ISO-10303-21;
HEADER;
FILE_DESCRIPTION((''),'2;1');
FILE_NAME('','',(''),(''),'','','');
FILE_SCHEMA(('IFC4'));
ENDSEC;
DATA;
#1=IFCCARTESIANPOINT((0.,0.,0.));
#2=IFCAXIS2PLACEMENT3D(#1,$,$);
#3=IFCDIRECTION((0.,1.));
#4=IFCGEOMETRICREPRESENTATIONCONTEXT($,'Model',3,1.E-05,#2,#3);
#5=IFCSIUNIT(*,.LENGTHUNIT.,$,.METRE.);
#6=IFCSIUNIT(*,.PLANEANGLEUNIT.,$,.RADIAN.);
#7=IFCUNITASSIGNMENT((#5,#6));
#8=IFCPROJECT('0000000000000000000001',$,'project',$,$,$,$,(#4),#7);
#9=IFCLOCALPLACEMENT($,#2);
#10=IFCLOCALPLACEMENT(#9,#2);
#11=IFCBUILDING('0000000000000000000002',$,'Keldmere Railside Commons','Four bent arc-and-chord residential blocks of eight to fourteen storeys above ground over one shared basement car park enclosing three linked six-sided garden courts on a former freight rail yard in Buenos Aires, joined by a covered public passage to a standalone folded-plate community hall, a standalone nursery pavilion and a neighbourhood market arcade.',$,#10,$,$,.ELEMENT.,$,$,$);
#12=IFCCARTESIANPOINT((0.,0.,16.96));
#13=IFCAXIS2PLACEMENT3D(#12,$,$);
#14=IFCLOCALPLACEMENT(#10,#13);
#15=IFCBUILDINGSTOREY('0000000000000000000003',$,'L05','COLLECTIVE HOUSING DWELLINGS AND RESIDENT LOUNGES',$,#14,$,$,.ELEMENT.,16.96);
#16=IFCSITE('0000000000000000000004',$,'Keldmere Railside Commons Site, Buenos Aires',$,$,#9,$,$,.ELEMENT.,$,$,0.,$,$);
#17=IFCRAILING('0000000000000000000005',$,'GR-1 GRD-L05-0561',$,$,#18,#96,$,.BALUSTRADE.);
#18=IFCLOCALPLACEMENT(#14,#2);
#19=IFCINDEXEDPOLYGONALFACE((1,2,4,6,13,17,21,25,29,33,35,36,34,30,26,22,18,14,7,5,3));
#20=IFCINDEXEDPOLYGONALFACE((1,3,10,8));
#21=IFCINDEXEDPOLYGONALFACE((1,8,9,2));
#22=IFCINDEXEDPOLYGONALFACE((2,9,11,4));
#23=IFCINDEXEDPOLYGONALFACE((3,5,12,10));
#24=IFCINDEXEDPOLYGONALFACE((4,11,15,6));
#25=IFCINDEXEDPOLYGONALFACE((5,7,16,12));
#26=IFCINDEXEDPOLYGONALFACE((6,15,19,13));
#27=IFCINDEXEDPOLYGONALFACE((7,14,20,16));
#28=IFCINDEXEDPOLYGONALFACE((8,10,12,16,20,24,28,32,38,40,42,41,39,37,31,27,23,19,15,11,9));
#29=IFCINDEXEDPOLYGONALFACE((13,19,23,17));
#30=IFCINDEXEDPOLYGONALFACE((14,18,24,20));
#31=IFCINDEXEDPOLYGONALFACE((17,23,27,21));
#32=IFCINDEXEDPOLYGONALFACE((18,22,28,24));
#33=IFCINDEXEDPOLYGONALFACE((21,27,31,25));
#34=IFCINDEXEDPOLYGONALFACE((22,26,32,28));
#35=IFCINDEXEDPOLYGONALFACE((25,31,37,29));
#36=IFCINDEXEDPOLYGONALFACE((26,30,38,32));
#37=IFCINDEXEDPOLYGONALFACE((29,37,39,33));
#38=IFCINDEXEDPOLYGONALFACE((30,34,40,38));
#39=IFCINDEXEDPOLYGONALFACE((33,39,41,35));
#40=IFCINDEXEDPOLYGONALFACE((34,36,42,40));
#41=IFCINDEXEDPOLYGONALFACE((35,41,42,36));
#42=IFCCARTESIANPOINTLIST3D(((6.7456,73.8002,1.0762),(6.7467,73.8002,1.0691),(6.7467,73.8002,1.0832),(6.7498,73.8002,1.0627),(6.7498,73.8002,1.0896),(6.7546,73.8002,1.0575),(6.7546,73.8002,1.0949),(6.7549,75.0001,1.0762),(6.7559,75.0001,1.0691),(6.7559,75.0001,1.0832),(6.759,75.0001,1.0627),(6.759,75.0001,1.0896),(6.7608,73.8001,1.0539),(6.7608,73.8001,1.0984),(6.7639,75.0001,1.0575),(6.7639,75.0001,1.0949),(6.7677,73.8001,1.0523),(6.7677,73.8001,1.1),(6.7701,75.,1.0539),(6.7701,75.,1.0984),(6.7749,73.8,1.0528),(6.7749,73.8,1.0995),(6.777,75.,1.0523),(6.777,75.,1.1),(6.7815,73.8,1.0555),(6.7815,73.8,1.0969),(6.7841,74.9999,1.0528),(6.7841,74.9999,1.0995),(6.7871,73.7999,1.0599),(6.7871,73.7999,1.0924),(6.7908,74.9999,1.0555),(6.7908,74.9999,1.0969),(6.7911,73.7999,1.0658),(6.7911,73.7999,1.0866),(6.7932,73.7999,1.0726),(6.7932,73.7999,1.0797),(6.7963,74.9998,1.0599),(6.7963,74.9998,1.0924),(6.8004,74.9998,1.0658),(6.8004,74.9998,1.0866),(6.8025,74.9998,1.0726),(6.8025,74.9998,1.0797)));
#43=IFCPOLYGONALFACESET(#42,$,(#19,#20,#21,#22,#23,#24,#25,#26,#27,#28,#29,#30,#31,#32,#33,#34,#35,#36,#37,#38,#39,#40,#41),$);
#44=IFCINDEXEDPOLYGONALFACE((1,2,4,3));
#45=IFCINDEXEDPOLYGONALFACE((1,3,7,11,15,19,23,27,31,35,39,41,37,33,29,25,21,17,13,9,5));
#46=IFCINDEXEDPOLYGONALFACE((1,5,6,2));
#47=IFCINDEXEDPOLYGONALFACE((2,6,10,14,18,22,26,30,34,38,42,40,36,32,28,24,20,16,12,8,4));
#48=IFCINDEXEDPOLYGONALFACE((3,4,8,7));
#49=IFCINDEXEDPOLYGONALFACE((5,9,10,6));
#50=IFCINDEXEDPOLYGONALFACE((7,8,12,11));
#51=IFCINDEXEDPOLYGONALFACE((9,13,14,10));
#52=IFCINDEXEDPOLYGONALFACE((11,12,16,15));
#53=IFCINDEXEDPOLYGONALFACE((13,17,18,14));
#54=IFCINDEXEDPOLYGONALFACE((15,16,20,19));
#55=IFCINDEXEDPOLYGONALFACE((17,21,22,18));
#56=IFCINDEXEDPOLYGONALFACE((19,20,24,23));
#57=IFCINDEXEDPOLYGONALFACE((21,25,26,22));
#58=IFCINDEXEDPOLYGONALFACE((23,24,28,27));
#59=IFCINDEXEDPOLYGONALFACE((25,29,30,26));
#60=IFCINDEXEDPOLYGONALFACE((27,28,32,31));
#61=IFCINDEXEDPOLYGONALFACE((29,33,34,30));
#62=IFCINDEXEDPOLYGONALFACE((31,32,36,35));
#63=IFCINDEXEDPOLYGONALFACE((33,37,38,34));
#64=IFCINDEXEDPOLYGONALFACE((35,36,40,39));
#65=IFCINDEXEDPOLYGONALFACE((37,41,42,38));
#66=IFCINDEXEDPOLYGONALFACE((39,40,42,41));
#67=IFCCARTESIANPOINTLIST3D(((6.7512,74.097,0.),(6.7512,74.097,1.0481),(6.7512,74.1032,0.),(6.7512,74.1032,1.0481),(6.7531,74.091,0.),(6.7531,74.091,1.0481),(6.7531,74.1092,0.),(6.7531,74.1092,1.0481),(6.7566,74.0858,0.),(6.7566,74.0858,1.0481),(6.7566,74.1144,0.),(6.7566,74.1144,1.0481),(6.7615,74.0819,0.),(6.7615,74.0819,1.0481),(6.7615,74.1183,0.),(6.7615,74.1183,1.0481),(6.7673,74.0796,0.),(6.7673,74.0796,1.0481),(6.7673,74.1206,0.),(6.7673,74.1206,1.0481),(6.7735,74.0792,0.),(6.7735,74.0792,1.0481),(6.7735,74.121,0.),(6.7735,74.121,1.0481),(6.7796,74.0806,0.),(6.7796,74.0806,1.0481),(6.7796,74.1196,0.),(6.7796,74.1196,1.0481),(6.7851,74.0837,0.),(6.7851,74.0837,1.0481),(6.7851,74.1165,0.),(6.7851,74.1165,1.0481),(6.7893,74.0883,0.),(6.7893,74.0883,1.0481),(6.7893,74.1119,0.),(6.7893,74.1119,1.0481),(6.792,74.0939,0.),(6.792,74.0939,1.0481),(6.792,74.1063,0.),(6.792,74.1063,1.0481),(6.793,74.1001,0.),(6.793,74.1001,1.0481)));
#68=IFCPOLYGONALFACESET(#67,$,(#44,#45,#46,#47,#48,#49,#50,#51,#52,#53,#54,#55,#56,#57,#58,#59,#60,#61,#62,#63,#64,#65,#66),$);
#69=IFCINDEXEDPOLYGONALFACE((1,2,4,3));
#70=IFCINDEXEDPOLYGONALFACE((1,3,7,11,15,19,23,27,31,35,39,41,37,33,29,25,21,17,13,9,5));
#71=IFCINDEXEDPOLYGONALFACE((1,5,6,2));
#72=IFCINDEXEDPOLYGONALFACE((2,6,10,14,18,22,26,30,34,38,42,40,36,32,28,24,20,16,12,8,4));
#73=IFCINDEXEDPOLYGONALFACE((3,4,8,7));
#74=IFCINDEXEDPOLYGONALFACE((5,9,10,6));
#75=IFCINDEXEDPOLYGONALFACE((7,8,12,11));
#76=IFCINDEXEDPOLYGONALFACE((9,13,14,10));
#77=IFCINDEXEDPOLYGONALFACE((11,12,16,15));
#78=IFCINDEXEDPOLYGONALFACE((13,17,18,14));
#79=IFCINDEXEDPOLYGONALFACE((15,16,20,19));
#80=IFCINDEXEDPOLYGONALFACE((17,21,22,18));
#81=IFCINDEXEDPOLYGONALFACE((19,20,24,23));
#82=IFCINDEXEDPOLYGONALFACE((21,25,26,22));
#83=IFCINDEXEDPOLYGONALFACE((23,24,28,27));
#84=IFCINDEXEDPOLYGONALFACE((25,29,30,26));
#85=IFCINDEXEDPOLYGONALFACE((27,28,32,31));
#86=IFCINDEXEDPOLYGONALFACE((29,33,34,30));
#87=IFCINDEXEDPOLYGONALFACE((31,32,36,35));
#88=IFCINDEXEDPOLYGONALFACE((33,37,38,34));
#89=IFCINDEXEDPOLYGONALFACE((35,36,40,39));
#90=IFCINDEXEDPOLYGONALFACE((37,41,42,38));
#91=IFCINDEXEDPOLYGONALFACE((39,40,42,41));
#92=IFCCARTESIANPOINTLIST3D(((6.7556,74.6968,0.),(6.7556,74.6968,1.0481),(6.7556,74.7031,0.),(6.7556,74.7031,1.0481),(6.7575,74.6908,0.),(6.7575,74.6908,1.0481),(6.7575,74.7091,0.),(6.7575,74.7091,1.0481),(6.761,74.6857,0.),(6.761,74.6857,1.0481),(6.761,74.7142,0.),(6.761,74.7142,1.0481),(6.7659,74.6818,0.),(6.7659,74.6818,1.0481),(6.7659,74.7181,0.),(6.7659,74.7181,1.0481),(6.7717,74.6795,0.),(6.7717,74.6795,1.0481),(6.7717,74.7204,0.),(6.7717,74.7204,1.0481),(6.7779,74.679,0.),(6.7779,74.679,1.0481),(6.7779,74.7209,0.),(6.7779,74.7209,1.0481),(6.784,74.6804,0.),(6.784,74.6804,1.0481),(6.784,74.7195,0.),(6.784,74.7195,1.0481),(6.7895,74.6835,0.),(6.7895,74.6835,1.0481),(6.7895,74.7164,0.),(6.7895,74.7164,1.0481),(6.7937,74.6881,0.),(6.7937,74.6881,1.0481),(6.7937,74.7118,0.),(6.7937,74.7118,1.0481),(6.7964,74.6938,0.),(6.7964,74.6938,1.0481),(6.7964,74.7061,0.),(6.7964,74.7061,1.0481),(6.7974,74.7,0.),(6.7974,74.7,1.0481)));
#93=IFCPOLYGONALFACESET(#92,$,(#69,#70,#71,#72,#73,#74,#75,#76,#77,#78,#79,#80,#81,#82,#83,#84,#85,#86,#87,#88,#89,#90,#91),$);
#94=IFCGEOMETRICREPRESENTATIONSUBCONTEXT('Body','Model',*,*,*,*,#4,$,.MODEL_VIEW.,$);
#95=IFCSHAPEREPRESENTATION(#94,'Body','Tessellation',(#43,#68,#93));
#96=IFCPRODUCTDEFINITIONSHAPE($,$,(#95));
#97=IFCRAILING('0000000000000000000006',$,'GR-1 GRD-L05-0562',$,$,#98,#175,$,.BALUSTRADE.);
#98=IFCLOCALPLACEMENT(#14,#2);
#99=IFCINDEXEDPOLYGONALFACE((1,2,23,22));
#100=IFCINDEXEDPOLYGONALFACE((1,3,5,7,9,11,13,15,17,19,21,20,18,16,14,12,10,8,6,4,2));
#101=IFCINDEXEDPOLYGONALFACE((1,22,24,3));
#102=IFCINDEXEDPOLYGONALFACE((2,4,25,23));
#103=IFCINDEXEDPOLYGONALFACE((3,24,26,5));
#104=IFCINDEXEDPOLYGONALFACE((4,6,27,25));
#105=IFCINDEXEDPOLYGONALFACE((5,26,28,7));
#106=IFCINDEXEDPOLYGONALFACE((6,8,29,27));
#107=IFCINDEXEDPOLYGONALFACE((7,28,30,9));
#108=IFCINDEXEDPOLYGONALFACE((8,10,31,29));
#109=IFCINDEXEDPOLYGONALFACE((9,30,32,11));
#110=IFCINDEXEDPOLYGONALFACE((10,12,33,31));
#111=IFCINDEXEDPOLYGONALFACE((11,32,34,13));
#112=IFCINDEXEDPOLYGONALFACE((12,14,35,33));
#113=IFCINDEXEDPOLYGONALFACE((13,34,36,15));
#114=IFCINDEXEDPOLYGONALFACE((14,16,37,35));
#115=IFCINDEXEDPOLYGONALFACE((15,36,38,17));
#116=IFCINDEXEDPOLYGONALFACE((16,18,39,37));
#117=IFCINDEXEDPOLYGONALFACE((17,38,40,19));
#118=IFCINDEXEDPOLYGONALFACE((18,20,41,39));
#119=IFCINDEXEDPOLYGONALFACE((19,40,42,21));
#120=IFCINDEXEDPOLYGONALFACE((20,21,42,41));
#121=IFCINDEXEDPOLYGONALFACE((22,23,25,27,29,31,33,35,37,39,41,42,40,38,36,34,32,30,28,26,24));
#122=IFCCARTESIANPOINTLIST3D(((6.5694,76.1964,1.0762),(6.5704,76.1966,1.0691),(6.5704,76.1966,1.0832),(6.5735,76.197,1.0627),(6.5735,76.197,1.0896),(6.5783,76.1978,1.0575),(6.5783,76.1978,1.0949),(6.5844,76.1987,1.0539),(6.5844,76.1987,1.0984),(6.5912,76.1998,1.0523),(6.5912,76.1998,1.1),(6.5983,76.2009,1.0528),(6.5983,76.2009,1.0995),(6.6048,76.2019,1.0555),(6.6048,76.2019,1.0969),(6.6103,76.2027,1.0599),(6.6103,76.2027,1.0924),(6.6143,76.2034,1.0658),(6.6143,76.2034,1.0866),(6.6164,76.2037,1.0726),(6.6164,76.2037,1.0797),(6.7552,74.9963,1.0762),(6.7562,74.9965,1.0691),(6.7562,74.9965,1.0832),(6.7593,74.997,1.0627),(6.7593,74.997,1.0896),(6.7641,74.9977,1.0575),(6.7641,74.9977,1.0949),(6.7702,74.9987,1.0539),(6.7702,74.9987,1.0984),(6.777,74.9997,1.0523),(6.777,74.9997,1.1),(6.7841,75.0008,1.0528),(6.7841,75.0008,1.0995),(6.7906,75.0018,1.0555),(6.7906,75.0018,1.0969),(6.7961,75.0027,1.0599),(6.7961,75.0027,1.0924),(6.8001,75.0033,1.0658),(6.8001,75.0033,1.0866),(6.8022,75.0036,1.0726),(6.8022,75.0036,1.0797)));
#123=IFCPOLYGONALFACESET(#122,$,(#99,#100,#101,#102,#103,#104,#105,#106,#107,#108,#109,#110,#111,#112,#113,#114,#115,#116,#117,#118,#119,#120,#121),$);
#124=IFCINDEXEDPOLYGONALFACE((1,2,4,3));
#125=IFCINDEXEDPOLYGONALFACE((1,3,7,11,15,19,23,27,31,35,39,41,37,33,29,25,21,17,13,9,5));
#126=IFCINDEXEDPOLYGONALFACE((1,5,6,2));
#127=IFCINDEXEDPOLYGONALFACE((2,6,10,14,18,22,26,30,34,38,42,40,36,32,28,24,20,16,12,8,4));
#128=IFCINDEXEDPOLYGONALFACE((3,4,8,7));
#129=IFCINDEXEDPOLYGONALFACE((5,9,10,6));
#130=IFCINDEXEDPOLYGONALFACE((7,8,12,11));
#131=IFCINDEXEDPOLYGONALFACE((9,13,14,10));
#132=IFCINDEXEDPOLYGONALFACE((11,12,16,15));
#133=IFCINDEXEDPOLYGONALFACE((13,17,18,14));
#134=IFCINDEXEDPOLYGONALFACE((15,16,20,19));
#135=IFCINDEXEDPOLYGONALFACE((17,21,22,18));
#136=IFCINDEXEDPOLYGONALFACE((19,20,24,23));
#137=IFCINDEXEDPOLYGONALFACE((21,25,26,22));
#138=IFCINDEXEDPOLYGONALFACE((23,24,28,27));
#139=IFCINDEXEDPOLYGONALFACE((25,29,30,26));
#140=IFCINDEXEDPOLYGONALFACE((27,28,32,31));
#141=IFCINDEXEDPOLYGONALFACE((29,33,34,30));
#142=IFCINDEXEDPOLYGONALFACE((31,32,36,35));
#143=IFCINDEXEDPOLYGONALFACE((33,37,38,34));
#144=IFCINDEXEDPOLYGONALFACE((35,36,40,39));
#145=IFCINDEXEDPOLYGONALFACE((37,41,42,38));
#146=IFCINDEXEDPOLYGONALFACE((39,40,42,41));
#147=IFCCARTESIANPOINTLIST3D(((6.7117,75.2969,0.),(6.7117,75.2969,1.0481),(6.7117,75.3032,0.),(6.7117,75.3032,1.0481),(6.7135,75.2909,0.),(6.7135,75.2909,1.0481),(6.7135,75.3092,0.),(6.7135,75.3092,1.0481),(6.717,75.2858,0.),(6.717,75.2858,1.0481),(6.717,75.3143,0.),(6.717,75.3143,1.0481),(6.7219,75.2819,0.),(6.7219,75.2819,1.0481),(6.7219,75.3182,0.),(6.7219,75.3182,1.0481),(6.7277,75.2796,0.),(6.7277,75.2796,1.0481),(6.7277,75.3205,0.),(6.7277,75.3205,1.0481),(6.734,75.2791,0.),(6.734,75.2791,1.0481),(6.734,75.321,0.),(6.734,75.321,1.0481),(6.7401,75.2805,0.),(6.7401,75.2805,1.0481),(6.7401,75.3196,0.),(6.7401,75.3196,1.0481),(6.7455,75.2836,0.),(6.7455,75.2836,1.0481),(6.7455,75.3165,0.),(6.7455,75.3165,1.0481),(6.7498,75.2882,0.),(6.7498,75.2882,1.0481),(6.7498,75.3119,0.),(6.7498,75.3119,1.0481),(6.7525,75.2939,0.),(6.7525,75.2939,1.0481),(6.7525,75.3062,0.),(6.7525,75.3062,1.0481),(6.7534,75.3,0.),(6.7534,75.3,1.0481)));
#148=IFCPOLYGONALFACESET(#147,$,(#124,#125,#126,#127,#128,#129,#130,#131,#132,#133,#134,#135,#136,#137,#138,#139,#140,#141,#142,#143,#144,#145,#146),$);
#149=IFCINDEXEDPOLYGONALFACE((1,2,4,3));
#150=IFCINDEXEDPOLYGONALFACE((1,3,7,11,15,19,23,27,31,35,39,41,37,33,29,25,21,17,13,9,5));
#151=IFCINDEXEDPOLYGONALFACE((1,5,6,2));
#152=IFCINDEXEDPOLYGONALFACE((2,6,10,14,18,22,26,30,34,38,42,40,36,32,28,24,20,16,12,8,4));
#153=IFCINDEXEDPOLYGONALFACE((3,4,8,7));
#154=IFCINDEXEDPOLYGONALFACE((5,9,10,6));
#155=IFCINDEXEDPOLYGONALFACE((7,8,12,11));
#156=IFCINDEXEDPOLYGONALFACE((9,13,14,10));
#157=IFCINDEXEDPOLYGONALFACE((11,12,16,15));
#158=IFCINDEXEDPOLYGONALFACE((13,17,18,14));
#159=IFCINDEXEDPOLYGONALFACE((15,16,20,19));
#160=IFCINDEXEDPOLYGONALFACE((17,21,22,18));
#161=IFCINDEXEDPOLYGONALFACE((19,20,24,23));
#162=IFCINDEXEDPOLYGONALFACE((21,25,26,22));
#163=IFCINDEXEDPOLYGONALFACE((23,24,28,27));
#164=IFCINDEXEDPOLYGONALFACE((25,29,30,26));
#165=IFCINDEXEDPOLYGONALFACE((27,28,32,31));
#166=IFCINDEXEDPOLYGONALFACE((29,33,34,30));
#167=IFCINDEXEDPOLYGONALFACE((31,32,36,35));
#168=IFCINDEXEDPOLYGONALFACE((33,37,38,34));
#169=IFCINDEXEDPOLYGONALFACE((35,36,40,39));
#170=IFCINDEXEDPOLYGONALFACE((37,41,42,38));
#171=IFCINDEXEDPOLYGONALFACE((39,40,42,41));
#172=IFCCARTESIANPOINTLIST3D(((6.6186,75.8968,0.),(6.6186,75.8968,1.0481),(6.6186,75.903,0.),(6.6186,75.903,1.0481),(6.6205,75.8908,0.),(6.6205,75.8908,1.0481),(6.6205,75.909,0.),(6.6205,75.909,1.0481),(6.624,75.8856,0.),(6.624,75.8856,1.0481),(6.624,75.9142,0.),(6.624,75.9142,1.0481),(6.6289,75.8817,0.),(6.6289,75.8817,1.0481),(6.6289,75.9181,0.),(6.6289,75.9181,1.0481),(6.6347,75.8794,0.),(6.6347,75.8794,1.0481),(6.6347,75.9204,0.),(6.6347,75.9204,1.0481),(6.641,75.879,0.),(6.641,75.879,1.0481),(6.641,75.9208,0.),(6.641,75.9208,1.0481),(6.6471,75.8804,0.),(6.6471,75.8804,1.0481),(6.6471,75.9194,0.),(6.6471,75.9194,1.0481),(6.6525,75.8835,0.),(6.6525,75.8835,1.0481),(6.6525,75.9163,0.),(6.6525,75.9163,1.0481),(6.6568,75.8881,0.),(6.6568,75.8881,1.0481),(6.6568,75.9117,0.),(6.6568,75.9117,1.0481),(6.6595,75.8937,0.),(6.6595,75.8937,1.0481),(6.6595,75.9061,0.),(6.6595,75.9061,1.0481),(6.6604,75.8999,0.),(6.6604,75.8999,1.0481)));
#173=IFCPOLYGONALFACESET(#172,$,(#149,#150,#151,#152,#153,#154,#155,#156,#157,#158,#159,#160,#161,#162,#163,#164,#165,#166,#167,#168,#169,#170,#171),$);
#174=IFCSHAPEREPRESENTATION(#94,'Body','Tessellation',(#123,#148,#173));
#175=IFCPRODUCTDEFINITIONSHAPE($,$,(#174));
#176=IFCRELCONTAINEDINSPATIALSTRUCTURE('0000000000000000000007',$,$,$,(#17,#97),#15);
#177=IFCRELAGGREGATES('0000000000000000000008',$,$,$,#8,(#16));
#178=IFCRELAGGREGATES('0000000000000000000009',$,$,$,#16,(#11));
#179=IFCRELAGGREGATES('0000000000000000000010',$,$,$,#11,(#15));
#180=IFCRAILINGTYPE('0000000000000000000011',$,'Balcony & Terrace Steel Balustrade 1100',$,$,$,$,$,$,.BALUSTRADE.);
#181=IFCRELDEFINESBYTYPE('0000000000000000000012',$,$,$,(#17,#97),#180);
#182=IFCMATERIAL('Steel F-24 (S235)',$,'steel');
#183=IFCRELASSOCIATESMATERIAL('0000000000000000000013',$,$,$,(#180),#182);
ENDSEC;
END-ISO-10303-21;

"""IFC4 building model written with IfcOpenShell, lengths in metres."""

from ifc_helpers import new_model, si_unit, direction, frame, origin, origin_2d, place, context, subcontext, project, spatial, circle, extrude, material, type_object, element, save


model = new_model("IFC4")

# Units and contexts
model_context = context("Model", 3, precision=1e-05, world=origin(), true_north=direction((0.0, 1.0)))
body_context = subcontext(model_context, "Body", "Model", "MODEL_VIEW")
ifc_project = project(units=[si_unit("LENGTHUNIT", "METRE"), si_unit("PLANEANGLEUNIT", "RADIAN")], contexts=[model_context])

# Site, building, storey
site_placement = place(None, origin())
site = spatial("IfcSite", under=ifc_project, at=site_placement, Name="Keldmere Railside Commons Site, Buenos Aires", CompositionType="ELEMENT", RefElevation=0.0)
building_placement = place(site_placement, origin())
building = spatial("IfcBuilding", under=site, at=building_placement, Name="Keldmere Railside Commons", Description="Four bent arc-and-chord residential blocks of eight to fourteen storeys above ground over one shared basement car park enclosing three linked six-sided garden courts on a former freight rail yard in Buenos Aires, joined by a covered public passage to a standalone folded-plate community hall, a standalone nursery pavilion and a neighbourhood market arcade.", CompositionType="ELEMENT")
storey_placement = place(building_placement, frame((0.0, 0.0, 16.96)))
storey = spatial("IfcBuildingStorey", under=building, at=storey_placement, Name="L05", Description="COLLECTIVE HOUSING DWELLINGS AND RESIDENT LOUNGES", CompositionType="ELEMENT", Elevation=16.96)

# Shared definitions
ifc_material_1 = material(Name="Steel F-24 (S235)", Category="steel")

# Railings
railing_type_1 = type_object("IfcRailingType", Name="Balcony & Terrace Steel Balustrade 1100", PredefinedType="BALUSTRADE", material=ifc_material_1)
railing_1_placement = place(storey_placement, frame((6.7695, 73.8, 0.0)))
element("IfcRailing", 1, at=railing_1_placement, inside=storey, type_object=railing_type_1, Name="GR-1 GRD-L05-0561", PredefinedType="BALUSTRADE", context=body_context, shape_type="SweptSolid", body=[
    extrude(circle(Radius=0.0239, at=origin_2d()), frame((0.0, 0.0, 1.0762), z_axis=(0.007731, 0.99997, 0.0), x_axis=(-0.99997, 0.007731, 0.0)), (0.0, 0.0, 1.0), 1.2),
    extrude(circle(Radius=0.021, at=origin_2d()), frame((0.0024, 0.3, 0.0)), (0.0, 0.0, 1.0), 1.0481),
    extrude(circle(Radius=0.021, at=origin_2d()), frame((0.0068, 0.8999, 0.0)), (0.0, 0.0, 1.0), 1.0481),
])
railing_2_placement = place(storey_placement, frame((6.7788, 75.0, 0.0)))
element("IfcRailing", 2, at=railing_2_placement, inside=storey, type_object=railing_type_1, Name="GR-1 GRD-L05-0562", PredefinedType="BALUSTRADE", context=body_context, shape_type="SweptSolid", body=[
    extrude(circle(Radius=0.0239, at=origin_2d()), frame((0.0, 0.0, 1.0762), z_axis=(-0.153009, 0.988225, 0.0), x_axis=(-0.988225, -0.153009, 0.0)), (0.0, 0.0, 1.0), 1.2144),
    extrude(circle(Radius=0.021, at=origin_2d()), frame((-0.0464, 0.3, 0.0)), (0.0, 0.0, 1.0), 1.0481),
    extrude(circle(Radius=0.021, at=origin_2d()), frame((-0.1394, 0.8999, 0.0)), (0.0, 0.0, 1.0), 1.0481),
])

save(model, "model.ifc")
